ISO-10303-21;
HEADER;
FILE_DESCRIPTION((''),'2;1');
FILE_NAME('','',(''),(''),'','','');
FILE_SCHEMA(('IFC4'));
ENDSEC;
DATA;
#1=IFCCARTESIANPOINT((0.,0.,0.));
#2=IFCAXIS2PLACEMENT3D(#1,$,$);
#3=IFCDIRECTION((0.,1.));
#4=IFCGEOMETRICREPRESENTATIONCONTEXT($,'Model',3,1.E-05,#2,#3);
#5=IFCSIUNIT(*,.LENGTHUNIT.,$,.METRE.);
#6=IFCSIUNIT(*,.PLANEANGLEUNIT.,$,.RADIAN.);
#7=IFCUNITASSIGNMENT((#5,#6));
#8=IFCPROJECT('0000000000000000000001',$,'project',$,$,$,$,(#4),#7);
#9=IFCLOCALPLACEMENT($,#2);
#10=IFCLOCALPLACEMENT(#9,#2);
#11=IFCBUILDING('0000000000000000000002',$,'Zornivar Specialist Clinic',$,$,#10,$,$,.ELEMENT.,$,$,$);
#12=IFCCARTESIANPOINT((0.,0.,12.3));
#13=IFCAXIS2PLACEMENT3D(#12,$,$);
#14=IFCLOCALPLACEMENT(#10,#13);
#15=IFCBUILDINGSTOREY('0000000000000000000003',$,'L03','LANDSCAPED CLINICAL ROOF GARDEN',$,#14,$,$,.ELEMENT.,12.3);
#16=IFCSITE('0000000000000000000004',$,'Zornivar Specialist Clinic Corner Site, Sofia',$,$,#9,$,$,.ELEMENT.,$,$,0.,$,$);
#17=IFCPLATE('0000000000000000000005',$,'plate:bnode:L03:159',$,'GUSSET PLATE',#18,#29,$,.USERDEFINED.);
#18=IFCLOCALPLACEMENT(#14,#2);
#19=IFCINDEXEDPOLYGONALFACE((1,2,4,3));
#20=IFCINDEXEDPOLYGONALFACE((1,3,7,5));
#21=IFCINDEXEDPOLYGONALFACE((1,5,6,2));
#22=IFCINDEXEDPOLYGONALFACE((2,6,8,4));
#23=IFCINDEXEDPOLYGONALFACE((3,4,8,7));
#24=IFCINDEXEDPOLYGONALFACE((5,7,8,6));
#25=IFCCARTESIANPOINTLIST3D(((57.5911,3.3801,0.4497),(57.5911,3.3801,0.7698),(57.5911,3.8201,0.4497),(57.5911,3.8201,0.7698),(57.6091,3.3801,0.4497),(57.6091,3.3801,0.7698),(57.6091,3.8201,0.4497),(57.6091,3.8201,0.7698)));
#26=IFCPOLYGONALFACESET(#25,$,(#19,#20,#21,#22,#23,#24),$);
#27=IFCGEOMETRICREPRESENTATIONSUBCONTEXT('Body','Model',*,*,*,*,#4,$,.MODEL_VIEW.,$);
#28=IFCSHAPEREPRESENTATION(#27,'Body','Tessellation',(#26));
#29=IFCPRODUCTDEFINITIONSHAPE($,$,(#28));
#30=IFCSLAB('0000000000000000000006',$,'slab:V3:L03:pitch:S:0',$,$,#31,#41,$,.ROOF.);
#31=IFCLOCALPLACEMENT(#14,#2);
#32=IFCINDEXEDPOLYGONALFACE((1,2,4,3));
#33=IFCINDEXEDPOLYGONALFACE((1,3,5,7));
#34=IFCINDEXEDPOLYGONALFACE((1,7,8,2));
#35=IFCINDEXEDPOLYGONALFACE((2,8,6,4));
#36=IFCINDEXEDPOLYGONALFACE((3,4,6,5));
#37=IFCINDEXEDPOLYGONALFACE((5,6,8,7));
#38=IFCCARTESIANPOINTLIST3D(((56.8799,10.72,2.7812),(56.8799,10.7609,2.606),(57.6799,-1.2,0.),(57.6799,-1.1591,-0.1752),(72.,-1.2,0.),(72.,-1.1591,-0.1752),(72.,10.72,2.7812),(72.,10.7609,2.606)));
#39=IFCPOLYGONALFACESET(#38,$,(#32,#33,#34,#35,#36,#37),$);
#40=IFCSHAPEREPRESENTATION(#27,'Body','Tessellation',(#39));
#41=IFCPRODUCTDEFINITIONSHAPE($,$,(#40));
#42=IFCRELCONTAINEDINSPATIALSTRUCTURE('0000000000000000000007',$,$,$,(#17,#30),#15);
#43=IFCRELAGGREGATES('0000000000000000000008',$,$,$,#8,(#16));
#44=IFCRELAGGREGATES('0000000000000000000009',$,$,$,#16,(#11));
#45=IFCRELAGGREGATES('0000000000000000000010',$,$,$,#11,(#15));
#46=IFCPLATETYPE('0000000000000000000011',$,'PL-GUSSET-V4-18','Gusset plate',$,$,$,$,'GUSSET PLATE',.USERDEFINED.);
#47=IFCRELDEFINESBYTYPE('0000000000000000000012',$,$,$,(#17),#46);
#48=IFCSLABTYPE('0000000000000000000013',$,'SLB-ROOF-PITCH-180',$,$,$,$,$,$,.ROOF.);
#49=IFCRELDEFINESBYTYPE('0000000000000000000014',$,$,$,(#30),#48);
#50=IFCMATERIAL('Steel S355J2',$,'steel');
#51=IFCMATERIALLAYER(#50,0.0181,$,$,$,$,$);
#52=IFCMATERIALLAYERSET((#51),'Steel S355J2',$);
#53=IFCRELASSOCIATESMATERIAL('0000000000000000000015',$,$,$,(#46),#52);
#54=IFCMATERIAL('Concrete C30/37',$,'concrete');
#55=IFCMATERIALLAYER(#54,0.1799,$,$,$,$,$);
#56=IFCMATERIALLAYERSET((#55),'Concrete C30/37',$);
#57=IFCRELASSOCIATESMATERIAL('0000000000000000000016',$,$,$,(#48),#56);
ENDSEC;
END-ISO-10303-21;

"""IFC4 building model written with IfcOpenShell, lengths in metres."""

from ifc_helpers import new_model, si_unit, direction, frame, origin, origin_2d, place, context, subcontext, project, spatial, polyline, rectangle, outline, extrude, material, layer, layer_set, type_object, element, save


model = new_model("IFC4")

# Units and contexts
model_context = context("Model", 3, precision=1e-05, world=origin(), true_north=direction((0.0, 1.0)))
body_context = subcontext(model_context, "Body", "Model", "MODEL_VIEW")
ifc_project = project(units=[si_unit("LENGTHUNIT", "METRE"), si_unit("PLANEANGLEUNIT", "RADIAN")], contexts=[model_context])

# Site, building, storey
site_placement = place(None, origin())
site = spatial("IfcSite", under=ifc_project, at=site_placement, Name="Zornivar Specialist Clinic Corner Site, Sofia", CompositionType="ELEMENT", RefElevation=0.0)
building_placement = place(site_placement, origin())
building = spatial("IfcBuilding", under=site, at=building_placement, Name="Zornivar Specialist Clinic", CompositionType="ELEMENT")
storey_placement = place(building_placement, frame((0.0, 0.0, 12.3)))
storey = spatial("IfcBuildingStorey", under=building, at=storey_placement, Name="L03", Description="LANDSCAPED CLINICAL ROOF GARDEN", CompositionType="ELEMENT", Elevation=12.3)

# Plate
ifc_material_1 = material(Name="Steel S355J2", Category="steel")
ifc_layer_1 = layer(ifc_material_1, 0.0181)
ifc_layer_set_1 = layer_set([ifc_layer_1], Name="Steel S355J2")
plate_type = type_object("IfcPlateType", Name="PL-GUSSET-V4-18", Description="Gusset plate", ElementType="GUSSET PLATE", PredefinedType="USERDEFINED", material=ifc_layer_set_1)
for number, where, z_axis, x_axis, name in (
    (1, (57.6001, 3.6001, 0.4497), (0.0, 0.0, 1.0), (0.0, 1.0, 0.0), "plate:bnode:L03:159"),
):
    element("IfcPlate", number, at=place(storey_placement, frame(where, z_axis=z_axis, x_axis=x_axis)), inside=storey, type_object=plate_type, Name=name, ObjectType="GUSSET PLATE", PredefinedType="USERDEFINED", context=body_context, shape_type="SweptSolid", body=[
        extrude(rectangle(XDim=0.4399, YDim=0.0181, at=origin_2d()), origin(), (0.0, 0.0, 1.0), 0.3201),
    ])

# Slab
ifc_material_2 = material(Name="Concrete C30/37", Category="concrete")
ifc_layer_2 = layer(ifc_material_2, 0.1799)
ifc_layer_set_2 = layer_set([ifc_layer_2], Name="Concrete C30/37")
slab_type = type_object("IfcSlabType", Name="SLB-ROOF-PITCH-180", PredefinedType="ROOF", material=ifc_layer_set_2)
slab_placement = place(storey_placement, frame((57.6799, -1.2, 0.0), z_axis=(0.0, -0.227225, 0.973842), x_axis=(1.0, 0.0, 0.0)))
element("IfcSlab", 2, at=slab_placement, inside=storey, type_object=slab_type, Name="slab:V3:L03:pitch:S:0", PredefinedType="ROOF", context=body_context, shape_type="SweptSolid", body=[
    extrude(outline(polyline([(0.0, 0.0), (14.3201, 0.0), (14.3201, 12.2401), (-0.8, 12.2401), (0.0, 0.0)])), origin(), (0.0, 0.0, -1.0), 0.1799),
])

save(model, "model.ifc")
